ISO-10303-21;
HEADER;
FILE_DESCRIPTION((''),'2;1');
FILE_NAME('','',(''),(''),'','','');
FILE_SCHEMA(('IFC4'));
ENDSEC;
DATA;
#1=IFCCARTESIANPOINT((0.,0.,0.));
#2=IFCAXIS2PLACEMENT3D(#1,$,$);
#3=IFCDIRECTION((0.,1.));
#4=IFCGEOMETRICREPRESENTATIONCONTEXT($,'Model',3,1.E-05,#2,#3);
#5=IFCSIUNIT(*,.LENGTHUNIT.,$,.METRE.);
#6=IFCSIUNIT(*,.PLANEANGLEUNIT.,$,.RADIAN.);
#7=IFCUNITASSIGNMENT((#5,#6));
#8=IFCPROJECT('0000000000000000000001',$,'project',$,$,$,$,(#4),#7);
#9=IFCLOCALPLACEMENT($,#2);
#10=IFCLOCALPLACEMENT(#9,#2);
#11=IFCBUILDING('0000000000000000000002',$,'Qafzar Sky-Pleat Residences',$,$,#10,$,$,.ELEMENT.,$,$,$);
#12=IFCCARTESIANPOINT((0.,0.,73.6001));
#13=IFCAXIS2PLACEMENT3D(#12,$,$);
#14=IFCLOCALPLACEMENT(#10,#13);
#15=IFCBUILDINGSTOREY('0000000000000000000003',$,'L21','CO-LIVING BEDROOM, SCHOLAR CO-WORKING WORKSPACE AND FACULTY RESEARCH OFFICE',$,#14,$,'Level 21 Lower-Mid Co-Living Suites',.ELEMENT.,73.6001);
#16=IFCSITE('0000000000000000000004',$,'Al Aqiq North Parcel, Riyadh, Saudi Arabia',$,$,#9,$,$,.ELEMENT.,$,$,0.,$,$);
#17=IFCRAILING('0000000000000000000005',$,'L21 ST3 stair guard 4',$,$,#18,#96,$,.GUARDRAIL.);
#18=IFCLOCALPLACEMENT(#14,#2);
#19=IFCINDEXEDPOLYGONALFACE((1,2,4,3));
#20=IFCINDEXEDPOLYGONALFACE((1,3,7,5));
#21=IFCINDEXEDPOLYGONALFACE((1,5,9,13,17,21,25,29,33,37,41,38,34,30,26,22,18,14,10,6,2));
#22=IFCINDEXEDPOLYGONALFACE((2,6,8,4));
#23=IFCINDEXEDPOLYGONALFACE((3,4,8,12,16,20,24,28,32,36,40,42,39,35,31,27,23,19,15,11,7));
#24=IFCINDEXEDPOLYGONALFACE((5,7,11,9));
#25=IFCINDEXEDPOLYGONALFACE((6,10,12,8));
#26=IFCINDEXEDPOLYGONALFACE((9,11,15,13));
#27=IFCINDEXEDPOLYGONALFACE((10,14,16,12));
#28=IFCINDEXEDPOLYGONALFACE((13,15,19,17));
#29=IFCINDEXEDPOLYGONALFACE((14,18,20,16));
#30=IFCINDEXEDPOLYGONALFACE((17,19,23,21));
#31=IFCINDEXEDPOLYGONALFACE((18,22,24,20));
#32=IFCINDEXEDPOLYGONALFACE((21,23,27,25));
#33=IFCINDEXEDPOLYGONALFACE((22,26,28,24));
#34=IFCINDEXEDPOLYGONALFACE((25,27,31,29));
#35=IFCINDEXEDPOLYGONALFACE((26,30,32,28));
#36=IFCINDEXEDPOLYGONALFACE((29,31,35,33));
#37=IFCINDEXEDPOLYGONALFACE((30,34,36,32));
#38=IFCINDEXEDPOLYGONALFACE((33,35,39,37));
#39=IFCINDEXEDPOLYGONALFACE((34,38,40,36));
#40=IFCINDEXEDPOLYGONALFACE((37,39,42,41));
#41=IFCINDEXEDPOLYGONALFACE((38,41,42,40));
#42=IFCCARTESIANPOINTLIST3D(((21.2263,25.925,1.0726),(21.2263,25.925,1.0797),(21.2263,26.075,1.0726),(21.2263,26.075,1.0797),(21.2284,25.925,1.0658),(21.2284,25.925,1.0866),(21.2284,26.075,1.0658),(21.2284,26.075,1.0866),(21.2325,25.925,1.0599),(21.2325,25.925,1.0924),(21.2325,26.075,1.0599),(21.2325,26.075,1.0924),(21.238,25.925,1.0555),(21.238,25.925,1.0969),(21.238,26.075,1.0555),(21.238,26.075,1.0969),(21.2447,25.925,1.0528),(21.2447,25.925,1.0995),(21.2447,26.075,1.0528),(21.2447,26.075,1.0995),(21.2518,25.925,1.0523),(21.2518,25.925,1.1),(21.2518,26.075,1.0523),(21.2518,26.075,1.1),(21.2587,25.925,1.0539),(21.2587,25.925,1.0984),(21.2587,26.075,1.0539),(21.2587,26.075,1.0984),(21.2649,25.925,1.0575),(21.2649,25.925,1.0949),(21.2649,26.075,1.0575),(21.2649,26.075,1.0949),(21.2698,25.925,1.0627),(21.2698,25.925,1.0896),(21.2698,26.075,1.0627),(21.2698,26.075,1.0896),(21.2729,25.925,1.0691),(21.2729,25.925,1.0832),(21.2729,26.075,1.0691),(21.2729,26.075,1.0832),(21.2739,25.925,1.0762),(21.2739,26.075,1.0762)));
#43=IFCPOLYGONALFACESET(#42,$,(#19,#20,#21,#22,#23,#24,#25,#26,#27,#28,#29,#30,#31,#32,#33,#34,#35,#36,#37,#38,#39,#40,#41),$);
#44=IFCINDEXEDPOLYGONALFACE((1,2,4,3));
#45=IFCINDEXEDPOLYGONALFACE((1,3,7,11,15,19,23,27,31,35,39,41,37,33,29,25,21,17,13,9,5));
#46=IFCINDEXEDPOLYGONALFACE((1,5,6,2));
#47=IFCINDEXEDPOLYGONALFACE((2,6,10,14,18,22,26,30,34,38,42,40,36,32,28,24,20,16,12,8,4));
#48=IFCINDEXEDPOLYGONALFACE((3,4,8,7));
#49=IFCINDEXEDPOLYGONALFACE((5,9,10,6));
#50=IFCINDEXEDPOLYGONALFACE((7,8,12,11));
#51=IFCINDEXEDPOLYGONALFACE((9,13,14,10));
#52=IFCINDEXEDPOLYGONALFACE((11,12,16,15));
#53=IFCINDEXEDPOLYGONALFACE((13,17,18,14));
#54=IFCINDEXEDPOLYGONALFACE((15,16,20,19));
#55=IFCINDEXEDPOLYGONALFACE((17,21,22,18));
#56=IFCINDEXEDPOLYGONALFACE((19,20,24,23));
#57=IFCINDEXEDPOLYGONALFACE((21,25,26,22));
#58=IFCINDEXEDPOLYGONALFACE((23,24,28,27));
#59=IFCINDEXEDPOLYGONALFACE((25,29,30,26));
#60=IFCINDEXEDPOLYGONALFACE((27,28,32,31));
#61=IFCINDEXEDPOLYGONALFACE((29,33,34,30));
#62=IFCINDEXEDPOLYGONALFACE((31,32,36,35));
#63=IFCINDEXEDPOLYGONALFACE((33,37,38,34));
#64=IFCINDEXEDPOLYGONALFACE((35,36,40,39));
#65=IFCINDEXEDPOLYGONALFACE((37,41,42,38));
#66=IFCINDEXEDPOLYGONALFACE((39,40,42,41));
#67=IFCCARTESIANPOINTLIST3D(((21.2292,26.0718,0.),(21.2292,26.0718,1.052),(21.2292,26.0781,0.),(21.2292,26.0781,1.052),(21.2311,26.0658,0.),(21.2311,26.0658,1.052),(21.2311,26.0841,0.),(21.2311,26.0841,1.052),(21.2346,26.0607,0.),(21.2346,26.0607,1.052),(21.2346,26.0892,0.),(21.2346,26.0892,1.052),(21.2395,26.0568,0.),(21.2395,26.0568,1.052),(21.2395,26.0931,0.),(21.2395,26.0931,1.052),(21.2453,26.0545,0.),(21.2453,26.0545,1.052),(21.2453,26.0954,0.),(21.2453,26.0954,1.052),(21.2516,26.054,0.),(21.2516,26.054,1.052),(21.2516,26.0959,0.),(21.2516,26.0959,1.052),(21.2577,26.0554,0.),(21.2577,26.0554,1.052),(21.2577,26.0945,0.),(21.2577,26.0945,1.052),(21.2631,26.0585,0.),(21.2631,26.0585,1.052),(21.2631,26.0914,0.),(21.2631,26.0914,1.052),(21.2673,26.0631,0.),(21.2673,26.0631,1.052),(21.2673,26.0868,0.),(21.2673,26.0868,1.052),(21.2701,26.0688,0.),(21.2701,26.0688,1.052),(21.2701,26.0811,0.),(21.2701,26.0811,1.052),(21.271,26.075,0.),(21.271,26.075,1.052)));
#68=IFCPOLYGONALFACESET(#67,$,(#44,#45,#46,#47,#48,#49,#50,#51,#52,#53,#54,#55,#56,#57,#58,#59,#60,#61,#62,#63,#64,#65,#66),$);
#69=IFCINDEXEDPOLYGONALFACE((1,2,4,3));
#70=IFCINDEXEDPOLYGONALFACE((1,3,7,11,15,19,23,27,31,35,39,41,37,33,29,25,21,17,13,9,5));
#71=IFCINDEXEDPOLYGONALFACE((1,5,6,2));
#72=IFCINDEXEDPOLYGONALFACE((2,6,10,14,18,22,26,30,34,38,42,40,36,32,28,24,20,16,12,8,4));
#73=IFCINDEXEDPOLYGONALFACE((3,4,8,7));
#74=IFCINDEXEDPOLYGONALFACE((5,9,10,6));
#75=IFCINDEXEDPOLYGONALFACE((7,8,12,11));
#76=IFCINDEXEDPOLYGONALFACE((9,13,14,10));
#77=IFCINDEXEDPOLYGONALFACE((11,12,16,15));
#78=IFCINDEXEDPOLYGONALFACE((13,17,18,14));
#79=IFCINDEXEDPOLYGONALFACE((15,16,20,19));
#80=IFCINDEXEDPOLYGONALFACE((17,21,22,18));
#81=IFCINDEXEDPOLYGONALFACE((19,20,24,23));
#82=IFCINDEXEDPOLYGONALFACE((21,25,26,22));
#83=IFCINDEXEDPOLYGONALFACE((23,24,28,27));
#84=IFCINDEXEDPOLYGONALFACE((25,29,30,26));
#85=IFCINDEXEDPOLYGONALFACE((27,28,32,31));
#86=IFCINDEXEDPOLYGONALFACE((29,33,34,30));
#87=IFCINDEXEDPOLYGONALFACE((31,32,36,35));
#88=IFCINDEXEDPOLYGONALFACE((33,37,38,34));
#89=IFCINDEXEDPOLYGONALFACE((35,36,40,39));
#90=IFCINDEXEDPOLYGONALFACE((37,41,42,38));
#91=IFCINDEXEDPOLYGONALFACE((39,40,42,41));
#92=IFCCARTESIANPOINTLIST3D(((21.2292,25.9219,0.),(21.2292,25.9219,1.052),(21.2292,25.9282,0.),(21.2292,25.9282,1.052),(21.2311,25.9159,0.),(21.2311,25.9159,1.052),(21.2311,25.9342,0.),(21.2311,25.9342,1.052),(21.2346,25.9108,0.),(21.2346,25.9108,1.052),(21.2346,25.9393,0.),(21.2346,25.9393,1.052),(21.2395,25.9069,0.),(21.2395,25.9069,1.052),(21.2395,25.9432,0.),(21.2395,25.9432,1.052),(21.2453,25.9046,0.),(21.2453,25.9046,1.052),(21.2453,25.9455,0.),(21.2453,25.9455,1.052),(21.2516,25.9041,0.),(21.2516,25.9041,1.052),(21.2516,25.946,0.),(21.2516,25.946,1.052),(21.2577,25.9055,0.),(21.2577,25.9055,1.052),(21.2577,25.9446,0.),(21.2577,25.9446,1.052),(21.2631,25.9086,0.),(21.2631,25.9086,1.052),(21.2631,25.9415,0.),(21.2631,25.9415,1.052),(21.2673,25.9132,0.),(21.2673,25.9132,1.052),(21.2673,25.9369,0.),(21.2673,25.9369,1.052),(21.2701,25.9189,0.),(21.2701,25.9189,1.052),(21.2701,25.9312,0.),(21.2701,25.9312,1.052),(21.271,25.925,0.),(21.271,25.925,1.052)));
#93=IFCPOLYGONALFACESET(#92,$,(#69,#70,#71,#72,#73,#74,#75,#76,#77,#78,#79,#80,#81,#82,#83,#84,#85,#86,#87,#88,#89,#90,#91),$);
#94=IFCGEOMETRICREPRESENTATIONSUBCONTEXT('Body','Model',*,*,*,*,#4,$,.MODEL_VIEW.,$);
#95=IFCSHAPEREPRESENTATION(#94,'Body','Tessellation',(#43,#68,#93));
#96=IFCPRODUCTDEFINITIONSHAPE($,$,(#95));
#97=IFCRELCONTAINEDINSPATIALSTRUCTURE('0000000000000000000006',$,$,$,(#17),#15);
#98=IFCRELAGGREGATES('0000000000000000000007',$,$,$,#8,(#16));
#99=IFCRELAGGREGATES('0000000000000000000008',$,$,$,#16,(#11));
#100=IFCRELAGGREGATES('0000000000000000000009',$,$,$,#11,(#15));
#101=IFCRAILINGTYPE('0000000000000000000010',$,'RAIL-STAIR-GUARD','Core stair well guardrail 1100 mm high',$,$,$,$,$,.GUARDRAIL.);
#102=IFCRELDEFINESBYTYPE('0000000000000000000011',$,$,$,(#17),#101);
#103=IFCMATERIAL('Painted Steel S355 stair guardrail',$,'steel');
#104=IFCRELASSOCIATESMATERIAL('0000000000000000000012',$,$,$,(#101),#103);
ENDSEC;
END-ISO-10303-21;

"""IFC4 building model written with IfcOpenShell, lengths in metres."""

from ifc_helpers import new_model, si_unit, direction, frame, origin, origin_2d, place, context, subcontext, project, spatial, circle, extrude, source, transform, mapped, material, type_object, element, save


model = new_model("IFC4")

# Units and contexts
model_context = context("Model", 3, precision=1e-05, world=origin(), true_north=direction((0.0, 1.0)))
body_context = subcontext(model_context, "Body", "Model", "MODEL_VIEW")
ifc_project = project(units=[si_unit("LENGTHUNIT", "METRE"), si_unit("PLANEANGLEUNIT", "RADIAN")], contexts=[model_context])

# Site, building, storey
site_placement = place(None, origin())
site = spatial("IfcSite", under=ifc_project, at=site_placement, Name="Al Aqiq North Parcel, Riyadh, Saudi Arabia", CompositionType="ELEMENT", RefElevation=0.0)
building_placement = place(site_placement, origin())
building = spatial("IfcBuilding", under=site, at=building_placement, Name="Qafzar Sky-Pleat Residences", CompositionType="ELEMENT")
storey_placement = place(building_placement, frame((0.0, 0.0, 73.6001)))
storey = spatial("IfcBuildingStorey", under=building, at=storey_placement, Name="L21", Description="CO-LIVING BEDROOM, SCHOLAR CO-WORKING WORKSPACE AND FACULTY RESEARCH OFFICE", LongName="Level 21 Lower-Mid Co-Living Suites", CompositionType="ELEMENT", Elevation=73.6001)

# Railing
ifc_material_1 = material(Name="Painted Steel S355 stair guardrail", Category="steel")
railing_type_1 = type_object("IfcRailingType", Name="RAIL-STAIR-GUARD", Description="Core stair well guardrail 1100 mm high", PredefinedType="GUARDRAIL", material=ifc_material_1)
shared_shape_1 = source(origin(), body_context, "Body", "SweptSolid", [
    extrude(circle(Radius=0.0239, at=origin_2d()), frame((0.0, 0.0, 1.0762), z_axis=(0.0, -1.0, 0.0), x_axis=(1.0, 0.0, 0.0)), (0.0, 0.0, 1.0), 0.1499),
    extrude(circle(Radius=0.021, at=origin_2d()), origin(), (0.0, 0.0, 1.0), 1.052),
    extrude(circle(Radius=0.021, at=origin_2d()), frame((0.0, -0.1499, 0.0)), (0.0, 0.0, 1.0), 1.052),
])
railing_1_placement = place(storey_placement, frame((21.25, 26.075, 0.0)))
element("IfcRailing", 1, at=railing_1_placement, inside=storey, type_object=railing_type_1, Name="L21 ST3 stair guard 4", PredefinedType="GUARDRAIL", context=body_context, shape_type="MappedRepresentation", body=[
    mapped(shared_shape_1, transform((0.0, 0.0, 0.0), x_axis=(1.0, 0.0, 0.0), y_axis=(0.0, 1.0, 0.0), z_axis=(0.0, 0.0, 1.0), scale=1.0)),
])

save(model, "model.ifc")
